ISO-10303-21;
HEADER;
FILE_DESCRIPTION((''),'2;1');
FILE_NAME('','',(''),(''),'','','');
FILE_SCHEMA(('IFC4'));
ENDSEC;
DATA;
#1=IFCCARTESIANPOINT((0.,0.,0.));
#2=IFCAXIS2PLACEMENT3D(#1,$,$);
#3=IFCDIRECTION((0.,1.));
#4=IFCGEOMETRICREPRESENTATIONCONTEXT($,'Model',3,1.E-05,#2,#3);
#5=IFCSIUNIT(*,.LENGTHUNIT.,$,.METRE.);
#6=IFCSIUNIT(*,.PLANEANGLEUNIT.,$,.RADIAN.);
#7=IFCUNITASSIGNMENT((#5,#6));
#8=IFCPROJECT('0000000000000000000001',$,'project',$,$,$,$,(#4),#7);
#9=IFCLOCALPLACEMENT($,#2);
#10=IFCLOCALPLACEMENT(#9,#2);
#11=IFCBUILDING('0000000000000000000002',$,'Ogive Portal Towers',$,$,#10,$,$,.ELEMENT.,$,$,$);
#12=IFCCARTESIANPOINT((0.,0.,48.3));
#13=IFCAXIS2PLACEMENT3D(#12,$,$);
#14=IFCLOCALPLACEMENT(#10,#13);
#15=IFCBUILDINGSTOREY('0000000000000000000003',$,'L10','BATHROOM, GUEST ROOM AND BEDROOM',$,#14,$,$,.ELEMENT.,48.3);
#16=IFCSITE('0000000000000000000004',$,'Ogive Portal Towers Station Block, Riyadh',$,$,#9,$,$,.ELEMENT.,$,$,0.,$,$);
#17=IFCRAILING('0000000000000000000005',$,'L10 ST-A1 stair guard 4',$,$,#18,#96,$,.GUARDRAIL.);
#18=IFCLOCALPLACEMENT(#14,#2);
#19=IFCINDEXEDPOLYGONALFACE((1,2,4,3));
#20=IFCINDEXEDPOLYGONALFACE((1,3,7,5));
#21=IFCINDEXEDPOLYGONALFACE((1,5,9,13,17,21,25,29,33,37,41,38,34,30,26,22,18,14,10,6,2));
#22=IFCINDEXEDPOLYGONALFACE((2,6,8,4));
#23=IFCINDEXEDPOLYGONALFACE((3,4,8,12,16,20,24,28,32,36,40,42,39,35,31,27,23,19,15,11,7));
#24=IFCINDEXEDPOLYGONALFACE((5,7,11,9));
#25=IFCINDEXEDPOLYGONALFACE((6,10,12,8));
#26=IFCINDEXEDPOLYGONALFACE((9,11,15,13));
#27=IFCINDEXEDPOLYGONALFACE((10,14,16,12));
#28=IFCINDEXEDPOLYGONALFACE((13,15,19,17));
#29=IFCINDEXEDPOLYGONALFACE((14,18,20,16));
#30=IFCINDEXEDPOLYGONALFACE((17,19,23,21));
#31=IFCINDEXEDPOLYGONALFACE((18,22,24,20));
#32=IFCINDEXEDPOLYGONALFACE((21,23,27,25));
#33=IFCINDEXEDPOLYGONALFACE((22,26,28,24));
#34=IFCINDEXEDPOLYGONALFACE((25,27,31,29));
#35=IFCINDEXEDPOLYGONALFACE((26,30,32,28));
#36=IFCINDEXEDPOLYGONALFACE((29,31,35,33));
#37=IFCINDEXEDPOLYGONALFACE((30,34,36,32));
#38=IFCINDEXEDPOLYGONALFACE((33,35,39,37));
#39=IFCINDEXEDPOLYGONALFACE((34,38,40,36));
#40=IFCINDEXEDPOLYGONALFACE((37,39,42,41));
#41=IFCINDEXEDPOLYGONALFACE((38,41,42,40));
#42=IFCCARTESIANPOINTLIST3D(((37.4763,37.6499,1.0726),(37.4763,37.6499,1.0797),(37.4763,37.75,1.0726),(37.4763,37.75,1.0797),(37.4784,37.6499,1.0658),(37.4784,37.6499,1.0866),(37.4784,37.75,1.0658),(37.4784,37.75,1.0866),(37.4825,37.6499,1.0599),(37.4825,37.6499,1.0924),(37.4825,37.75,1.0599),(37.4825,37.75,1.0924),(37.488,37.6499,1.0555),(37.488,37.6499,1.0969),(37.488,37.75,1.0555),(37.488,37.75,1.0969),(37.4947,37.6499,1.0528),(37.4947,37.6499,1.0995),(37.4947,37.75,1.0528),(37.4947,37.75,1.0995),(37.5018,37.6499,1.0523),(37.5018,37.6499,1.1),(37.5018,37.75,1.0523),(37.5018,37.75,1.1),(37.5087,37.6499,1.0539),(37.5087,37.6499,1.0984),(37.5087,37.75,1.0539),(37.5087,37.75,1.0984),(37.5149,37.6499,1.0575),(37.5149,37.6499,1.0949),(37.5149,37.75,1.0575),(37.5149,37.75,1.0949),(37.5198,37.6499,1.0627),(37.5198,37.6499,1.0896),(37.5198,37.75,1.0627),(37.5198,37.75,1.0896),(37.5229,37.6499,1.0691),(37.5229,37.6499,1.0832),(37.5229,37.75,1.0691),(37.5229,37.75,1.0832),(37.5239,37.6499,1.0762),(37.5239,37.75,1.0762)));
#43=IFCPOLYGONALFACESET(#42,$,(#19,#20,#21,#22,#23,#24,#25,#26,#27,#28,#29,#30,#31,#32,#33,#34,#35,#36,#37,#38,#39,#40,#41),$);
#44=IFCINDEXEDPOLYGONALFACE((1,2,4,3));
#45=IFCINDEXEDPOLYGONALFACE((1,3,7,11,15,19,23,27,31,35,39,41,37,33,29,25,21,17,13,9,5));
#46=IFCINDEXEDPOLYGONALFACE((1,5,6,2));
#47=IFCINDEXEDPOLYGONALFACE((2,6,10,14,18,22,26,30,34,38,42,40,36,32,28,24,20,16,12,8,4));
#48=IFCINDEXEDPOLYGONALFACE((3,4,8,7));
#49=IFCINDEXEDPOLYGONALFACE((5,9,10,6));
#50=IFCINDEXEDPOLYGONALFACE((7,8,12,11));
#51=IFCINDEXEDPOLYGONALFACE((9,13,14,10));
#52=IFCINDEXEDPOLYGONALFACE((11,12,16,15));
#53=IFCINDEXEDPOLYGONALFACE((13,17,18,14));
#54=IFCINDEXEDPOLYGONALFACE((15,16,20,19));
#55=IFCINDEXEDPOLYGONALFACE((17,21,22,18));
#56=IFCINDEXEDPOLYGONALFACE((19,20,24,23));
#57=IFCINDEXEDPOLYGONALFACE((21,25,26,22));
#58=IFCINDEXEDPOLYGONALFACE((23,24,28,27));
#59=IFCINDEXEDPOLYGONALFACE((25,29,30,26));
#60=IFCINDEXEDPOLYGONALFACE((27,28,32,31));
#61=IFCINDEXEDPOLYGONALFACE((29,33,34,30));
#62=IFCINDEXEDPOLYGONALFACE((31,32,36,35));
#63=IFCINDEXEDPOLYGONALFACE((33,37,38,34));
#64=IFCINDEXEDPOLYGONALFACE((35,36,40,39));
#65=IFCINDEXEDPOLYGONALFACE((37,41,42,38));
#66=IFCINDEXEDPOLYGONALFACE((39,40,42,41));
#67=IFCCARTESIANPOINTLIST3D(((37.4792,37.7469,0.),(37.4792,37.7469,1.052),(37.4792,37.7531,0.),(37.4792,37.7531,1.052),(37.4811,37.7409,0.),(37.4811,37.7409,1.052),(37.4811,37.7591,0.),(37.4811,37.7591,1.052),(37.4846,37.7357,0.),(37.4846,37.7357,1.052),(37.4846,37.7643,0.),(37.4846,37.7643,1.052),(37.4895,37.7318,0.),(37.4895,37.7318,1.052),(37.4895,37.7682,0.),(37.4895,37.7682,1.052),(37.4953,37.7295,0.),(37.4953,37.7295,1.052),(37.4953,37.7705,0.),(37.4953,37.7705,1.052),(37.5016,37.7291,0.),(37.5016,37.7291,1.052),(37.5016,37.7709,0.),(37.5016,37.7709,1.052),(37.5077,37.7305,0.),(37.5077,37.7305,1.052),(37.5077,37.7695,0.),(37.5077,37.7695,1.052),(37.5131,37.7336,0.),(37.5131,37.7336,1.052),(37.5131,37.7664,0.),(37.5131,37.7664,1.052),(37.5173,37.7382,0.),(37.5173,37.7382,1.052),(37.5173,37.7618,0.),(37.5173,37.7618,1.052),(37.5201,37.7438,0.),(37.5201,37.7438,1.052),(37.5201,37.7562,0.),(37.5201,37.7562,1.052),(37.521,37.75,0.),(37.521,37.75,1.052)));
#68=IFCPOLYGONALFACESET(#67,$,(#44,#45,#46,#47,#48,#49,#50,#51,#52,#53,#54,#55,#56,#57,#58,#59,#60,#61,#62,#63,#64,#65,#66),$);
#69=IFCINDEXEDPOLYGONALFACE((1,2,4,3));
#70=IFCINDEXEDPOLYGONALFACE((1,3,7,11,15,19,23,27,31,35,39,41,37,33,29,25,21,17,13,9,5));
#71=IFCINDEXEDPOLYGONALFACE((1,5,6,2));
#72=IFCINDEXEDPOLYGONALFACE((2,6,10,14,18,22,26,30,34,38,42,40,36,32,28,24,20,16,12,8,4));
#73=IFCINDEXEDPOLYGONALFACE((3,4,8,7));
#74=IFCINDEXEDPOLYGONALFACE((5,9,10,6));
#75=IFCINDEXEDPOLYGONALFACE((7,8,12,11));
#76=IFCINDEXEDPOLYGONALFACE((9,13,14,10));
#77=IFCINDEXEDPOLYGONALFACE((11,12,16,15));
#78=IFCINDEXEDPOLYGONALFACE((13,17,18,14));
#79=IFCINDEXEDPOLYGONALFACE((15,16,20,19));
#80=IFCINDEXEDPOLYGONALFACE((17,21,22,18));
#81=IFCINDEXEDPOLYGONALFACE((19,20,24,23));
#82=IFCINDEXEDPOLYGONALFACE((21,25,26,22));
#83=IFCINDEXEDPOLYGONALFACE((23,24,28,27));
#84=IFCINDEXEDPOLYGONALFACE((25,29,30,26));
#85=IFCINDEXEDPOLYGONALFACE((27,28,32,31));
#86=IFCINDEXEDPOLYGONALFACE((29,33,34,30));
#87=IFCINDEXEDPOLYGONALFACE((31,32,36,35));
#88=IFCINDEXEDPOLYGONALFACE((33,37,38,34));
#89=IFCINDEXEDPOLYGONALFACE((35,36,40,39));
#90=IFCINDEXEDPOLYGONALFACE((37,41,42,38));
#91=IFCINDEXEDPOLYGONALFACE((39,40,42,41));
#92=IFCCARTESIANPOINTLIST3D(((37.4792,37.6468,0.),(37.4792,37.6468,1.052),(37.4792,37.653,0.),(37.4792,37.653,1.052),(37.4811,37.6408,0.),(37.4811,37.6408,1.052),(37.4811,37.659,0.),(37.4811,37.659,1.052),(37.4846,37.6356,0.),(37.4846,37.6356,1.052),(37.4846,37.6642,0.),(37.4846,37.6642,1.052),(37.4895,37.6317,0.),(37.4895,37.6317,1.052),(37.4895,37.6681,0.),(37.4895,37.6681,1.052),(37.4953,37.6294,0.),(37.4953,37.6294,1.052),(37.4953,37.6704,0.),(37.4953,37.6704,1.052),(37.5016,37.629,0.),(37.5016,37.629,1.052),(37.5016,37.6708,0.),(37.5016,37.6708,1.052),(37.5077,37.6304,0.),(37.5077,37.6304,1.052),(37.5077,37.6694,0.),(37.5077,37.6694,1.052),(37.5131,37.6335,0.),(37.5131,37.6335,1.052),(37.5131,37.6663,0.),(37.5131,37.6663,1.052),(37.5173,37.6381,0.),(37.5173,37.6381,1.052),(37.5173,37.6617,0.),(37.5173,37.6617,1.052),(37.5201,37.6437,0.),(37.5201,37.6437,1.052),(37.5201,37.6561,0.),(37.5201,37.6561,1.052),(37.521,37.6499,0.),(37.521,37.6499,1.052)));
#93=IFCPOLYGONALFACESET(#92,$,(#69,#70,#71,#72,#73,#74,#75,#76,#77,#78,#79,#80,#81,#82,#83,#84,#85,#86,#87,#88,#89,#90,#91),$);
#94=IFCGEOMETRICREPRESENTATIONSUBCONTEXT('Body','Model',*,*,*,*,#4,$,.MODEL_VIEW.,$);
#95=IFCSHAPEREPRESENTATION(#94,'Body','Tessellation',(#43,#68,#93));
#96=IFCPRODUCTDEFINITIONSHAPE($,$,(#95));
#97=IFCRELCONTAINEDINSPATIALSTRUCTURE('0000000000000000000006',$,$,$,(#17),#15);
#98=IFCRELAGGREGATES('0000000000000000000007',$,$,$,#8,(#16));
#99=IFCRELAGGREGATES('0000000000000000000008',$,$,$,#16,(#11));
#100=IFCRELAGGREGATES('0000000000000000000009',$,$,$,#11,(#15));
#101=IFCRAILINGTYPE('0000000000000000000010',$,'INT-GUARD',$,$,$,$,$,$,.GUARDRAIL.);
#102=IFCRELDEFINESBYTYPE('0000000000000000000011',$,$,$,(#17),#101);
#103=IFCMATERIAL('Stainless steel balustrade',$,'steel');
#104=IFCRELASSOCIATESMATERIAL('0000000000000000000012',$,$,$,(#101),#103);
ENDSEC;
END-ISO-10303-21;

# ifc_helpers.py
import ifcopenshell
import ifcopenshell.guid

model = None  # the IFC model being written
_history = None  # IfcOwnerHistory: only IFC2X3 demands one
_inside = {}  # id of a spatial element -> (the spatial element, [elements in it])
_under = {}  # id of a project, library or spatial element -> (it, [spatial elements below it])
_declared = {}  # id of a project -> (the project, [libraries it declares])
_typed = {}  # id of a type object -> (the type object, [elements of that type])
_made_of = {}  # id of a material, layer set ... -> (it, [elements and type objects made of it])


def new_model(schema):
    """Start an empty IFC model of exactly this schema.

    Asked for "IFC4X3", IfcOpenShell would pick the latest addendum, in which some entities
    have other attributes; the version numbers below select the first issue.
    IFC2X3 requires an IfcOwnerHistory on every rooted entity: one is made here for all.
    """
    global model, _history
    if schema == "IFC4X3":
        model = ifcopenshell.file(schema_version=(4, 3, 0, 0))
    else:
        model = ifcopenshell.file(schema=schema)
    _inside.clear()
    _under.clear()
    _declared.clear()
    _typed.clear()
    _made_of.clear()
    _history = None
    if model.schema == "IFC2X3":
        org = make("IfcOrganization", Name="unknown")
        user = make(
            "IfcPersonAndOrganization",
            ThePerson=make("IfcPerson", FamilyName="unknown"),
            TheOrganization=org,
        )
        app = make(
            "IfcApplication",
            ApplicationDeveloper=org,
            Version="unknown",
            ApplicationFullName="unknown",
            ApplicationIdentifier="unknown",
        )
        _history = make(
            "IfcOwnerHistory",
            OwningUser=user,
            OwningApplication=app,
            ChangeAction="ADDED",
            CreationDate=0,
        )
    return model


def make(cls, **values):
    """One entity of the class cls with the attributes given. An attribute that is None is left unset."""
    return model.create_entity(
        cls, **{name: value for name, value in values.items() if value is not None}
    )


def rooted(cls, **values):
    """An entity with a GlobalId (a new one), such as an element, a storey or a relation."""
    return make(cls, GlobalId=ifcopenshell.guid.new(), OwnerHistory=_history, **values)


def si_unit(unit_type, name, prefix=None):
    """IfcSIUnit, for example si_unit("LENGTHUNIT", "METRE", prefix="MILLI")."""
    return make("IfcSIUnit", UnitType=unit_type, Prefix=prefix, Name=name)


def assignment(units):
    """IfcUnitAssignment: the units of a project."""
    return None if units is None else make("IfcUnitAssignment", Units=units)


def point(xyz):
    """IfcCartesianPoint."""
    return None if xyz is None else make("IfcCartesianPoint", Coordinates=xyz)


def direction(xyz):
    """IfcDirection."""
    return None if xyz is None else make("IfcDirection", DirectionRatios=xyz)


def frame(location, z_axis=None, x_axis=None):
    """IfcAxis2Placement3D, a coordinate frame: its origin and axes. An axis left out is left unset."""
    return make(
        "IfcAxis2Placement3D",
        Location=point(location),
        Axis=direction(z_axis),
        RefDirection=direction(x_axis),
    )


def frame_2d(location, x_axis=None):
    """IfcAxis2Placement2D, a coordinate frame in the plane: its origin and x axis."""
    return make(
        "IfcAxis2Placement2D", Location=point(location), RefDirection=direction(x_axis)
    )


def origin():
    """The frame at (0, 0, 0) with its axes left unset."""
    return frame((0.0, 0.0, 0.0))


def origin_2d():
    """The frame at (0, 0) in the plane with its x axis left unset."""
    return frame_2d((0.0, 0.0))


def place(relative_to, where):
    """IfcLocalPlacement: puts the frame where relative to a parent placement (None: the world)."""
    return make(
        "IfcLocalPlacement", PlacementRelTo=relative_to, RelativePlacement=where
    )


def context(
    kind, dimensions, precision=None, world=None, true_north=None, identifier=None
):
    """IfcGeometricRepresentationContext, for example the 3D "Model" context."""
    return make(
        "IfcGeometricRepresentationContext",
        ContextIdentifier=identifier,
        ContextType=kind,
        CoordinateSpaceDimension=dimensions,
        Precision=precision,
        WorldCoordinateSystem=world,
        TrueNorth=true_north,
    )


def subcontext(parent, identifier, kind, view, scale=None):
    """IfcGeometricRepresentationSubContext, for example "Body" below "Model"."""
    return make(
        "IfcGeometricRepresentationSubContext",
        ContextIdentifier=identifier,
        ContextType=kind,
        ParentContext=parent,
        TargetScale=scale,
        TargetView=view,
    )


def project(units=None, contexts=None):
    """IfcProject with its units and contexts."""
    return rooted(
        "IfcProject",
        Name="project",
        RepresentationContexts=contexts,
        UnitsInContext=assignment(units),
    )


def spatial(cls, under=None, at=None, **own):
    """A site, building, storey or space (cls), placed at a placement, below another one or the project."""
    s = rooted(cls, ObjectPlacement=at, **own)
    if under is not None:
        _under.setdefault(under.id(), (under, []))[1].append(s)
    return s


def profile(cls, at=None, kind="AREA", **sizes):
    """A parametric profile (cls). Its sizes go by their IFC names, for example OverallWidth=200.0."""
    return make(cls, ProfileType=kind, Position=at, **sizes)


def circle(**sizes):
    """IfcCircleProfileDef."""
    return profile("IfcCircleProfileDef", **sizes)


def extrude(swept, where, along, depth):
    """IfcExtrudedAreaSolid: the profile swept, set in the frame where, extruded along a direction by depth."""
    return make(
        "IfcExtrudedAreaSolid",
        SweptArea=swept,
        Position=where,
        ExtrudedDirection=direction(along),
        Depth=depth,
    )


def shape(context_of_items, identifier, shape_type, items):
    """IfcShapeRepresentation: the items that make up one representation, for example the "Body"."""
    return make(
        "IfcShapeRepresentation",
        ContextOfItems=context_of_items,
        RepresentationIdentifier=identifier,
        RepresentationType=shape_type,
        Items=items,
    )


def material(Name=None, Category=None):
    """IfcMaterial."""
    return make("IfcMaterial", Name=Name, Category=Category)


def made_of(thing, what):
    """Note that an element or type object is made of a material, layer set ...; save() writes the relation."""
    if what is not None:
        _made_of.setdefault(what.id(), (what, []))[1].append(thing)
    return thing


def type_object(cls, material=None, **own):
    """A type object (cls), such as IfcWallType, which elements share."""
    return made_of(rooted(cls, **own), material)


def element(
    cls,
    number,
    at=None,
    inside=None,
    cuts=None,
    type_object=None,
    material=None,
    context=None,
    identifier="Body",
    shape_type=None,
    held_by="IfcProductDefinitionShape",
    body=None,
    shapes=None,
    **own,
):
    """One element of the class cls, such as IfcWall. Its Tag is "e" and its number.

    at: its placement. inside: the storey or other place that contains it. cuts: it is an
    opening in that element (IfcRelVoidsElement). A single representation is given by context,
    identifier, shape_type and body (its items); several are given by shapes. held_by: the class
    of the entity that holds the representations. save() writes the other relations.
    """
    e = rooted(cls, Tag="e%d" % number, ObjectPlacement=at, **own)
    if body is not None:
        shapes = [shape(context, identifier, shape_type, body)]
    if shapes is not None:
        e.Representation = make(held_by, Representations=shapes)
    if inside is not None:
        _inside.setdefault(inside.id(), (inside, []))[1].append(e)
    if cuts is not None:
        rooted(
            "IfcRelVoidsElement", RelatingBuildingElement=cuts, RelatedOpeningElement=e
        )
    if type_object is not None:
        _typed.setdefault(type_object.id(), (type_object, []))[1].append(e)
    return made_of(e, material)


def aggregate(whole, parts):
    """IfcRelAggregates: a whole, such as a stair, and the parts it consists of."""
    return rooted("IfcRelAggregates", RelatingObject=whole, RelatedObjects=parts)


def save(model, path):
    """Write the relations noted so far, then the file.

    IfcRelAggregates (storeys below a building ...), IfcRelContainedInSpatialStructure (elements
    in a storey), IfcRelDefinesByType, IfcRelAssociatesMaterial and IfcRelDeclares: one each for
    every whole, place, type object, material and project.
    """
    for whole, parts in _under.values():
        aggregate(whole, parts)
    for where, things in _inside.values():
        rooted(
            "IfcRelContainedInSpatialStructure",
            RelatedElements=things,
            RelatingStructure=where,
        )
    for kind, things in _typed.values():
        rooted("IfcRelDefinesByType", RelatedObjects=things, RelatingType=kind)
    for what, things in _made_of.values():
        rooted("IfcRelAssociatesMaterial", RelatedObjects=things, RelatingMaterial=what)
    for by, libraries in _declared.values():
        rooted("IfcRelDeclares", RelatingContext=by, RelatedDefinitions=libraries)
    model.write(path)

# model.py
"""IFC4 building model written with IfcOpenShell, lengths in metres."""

from ifc_helpers import new_model, si_unit, direction, frame, origin, origin_2d, place, context, subcontext, project, spatial, circle, extrude, material, type_object, element, save


model = new_model("IFC4")

# Units and contexts
model_context = context("Model", 3, precision=1e-05, world=origin(), true_north=direction((0.0, 1.0)))
body_context = subcontext(model_context, "Body", "Model", "MODEL_VIEW")
ifc_project = project(units=[si_unit("LENGTHUNIT", "METRE"), si_unit("PLANEANGLEUNIT", "RADIAN")], contexts=[model_context])

# Site, building, storey
site_placement = place(None, origin())
site = spatial("IfcSite", under=ifc_project, at=site_placement, Name="Ogive Portal Towers Station Block, Riyadh", CompositionType="ELEMENT", RefElevation=0.0)
building_placement = place(site_placement, origin())
building = spatial("IfcBuilding", under=site, at=building_placement, Name="Ogive Portal Towers", CompositionType="ELEMENT")
storey_placement = place(building_placement, frame((0.0, 0.0, 48.3)))
storey = spatial("IfcBuildingStorey", under=building, at=storey_placement, Name="L10", Description="BATHROOM, GUEST ROOM AND BEDROOM", CompositionType="ELEMENT", Elevation=48.3)

# Railing
ifc_material_1 = material(Name="Stainless steel balustrade", Category="steel")
railing_type_1 = type_object("IfcRailingType", Name="INT-GUARD", PredefinedType="GUARDRAIL", material=ifc_material_1)
railing_1_placement = place(storey_placement, frame((37.5, 37.75, 0.0)))
element("IfcRailing", 1, at=railing_1_placement, inside=storey, type_object=railing_type_1, Name="L10 ST-A1 stair guard 4", PredefinedType="GUARDRAIL", context=body_context, shape_type="SweptSolid", body=[
    extrude(circle(Radius=0.0239, at=origin_2d()), frame((0.0, 0.0, 1.0762), z_axis=(0.0, -1.0, 0.0), x_axis=(1.0, 0.0, 0.0)), (0.0, 0.0, 1.0), 0.1001),
    extrude(circle(Radius=0.021, at=origin_2d()), origin(), (0.0, 0.0, 1.0), 1.052),
    extrude(circle(Radius=0.021, at=origin_2d()), frame((0.0, -0.1001, 0.0)), (0.0, 0.0, 1.0), 1.052),
])

save(model, "model.ifc")
